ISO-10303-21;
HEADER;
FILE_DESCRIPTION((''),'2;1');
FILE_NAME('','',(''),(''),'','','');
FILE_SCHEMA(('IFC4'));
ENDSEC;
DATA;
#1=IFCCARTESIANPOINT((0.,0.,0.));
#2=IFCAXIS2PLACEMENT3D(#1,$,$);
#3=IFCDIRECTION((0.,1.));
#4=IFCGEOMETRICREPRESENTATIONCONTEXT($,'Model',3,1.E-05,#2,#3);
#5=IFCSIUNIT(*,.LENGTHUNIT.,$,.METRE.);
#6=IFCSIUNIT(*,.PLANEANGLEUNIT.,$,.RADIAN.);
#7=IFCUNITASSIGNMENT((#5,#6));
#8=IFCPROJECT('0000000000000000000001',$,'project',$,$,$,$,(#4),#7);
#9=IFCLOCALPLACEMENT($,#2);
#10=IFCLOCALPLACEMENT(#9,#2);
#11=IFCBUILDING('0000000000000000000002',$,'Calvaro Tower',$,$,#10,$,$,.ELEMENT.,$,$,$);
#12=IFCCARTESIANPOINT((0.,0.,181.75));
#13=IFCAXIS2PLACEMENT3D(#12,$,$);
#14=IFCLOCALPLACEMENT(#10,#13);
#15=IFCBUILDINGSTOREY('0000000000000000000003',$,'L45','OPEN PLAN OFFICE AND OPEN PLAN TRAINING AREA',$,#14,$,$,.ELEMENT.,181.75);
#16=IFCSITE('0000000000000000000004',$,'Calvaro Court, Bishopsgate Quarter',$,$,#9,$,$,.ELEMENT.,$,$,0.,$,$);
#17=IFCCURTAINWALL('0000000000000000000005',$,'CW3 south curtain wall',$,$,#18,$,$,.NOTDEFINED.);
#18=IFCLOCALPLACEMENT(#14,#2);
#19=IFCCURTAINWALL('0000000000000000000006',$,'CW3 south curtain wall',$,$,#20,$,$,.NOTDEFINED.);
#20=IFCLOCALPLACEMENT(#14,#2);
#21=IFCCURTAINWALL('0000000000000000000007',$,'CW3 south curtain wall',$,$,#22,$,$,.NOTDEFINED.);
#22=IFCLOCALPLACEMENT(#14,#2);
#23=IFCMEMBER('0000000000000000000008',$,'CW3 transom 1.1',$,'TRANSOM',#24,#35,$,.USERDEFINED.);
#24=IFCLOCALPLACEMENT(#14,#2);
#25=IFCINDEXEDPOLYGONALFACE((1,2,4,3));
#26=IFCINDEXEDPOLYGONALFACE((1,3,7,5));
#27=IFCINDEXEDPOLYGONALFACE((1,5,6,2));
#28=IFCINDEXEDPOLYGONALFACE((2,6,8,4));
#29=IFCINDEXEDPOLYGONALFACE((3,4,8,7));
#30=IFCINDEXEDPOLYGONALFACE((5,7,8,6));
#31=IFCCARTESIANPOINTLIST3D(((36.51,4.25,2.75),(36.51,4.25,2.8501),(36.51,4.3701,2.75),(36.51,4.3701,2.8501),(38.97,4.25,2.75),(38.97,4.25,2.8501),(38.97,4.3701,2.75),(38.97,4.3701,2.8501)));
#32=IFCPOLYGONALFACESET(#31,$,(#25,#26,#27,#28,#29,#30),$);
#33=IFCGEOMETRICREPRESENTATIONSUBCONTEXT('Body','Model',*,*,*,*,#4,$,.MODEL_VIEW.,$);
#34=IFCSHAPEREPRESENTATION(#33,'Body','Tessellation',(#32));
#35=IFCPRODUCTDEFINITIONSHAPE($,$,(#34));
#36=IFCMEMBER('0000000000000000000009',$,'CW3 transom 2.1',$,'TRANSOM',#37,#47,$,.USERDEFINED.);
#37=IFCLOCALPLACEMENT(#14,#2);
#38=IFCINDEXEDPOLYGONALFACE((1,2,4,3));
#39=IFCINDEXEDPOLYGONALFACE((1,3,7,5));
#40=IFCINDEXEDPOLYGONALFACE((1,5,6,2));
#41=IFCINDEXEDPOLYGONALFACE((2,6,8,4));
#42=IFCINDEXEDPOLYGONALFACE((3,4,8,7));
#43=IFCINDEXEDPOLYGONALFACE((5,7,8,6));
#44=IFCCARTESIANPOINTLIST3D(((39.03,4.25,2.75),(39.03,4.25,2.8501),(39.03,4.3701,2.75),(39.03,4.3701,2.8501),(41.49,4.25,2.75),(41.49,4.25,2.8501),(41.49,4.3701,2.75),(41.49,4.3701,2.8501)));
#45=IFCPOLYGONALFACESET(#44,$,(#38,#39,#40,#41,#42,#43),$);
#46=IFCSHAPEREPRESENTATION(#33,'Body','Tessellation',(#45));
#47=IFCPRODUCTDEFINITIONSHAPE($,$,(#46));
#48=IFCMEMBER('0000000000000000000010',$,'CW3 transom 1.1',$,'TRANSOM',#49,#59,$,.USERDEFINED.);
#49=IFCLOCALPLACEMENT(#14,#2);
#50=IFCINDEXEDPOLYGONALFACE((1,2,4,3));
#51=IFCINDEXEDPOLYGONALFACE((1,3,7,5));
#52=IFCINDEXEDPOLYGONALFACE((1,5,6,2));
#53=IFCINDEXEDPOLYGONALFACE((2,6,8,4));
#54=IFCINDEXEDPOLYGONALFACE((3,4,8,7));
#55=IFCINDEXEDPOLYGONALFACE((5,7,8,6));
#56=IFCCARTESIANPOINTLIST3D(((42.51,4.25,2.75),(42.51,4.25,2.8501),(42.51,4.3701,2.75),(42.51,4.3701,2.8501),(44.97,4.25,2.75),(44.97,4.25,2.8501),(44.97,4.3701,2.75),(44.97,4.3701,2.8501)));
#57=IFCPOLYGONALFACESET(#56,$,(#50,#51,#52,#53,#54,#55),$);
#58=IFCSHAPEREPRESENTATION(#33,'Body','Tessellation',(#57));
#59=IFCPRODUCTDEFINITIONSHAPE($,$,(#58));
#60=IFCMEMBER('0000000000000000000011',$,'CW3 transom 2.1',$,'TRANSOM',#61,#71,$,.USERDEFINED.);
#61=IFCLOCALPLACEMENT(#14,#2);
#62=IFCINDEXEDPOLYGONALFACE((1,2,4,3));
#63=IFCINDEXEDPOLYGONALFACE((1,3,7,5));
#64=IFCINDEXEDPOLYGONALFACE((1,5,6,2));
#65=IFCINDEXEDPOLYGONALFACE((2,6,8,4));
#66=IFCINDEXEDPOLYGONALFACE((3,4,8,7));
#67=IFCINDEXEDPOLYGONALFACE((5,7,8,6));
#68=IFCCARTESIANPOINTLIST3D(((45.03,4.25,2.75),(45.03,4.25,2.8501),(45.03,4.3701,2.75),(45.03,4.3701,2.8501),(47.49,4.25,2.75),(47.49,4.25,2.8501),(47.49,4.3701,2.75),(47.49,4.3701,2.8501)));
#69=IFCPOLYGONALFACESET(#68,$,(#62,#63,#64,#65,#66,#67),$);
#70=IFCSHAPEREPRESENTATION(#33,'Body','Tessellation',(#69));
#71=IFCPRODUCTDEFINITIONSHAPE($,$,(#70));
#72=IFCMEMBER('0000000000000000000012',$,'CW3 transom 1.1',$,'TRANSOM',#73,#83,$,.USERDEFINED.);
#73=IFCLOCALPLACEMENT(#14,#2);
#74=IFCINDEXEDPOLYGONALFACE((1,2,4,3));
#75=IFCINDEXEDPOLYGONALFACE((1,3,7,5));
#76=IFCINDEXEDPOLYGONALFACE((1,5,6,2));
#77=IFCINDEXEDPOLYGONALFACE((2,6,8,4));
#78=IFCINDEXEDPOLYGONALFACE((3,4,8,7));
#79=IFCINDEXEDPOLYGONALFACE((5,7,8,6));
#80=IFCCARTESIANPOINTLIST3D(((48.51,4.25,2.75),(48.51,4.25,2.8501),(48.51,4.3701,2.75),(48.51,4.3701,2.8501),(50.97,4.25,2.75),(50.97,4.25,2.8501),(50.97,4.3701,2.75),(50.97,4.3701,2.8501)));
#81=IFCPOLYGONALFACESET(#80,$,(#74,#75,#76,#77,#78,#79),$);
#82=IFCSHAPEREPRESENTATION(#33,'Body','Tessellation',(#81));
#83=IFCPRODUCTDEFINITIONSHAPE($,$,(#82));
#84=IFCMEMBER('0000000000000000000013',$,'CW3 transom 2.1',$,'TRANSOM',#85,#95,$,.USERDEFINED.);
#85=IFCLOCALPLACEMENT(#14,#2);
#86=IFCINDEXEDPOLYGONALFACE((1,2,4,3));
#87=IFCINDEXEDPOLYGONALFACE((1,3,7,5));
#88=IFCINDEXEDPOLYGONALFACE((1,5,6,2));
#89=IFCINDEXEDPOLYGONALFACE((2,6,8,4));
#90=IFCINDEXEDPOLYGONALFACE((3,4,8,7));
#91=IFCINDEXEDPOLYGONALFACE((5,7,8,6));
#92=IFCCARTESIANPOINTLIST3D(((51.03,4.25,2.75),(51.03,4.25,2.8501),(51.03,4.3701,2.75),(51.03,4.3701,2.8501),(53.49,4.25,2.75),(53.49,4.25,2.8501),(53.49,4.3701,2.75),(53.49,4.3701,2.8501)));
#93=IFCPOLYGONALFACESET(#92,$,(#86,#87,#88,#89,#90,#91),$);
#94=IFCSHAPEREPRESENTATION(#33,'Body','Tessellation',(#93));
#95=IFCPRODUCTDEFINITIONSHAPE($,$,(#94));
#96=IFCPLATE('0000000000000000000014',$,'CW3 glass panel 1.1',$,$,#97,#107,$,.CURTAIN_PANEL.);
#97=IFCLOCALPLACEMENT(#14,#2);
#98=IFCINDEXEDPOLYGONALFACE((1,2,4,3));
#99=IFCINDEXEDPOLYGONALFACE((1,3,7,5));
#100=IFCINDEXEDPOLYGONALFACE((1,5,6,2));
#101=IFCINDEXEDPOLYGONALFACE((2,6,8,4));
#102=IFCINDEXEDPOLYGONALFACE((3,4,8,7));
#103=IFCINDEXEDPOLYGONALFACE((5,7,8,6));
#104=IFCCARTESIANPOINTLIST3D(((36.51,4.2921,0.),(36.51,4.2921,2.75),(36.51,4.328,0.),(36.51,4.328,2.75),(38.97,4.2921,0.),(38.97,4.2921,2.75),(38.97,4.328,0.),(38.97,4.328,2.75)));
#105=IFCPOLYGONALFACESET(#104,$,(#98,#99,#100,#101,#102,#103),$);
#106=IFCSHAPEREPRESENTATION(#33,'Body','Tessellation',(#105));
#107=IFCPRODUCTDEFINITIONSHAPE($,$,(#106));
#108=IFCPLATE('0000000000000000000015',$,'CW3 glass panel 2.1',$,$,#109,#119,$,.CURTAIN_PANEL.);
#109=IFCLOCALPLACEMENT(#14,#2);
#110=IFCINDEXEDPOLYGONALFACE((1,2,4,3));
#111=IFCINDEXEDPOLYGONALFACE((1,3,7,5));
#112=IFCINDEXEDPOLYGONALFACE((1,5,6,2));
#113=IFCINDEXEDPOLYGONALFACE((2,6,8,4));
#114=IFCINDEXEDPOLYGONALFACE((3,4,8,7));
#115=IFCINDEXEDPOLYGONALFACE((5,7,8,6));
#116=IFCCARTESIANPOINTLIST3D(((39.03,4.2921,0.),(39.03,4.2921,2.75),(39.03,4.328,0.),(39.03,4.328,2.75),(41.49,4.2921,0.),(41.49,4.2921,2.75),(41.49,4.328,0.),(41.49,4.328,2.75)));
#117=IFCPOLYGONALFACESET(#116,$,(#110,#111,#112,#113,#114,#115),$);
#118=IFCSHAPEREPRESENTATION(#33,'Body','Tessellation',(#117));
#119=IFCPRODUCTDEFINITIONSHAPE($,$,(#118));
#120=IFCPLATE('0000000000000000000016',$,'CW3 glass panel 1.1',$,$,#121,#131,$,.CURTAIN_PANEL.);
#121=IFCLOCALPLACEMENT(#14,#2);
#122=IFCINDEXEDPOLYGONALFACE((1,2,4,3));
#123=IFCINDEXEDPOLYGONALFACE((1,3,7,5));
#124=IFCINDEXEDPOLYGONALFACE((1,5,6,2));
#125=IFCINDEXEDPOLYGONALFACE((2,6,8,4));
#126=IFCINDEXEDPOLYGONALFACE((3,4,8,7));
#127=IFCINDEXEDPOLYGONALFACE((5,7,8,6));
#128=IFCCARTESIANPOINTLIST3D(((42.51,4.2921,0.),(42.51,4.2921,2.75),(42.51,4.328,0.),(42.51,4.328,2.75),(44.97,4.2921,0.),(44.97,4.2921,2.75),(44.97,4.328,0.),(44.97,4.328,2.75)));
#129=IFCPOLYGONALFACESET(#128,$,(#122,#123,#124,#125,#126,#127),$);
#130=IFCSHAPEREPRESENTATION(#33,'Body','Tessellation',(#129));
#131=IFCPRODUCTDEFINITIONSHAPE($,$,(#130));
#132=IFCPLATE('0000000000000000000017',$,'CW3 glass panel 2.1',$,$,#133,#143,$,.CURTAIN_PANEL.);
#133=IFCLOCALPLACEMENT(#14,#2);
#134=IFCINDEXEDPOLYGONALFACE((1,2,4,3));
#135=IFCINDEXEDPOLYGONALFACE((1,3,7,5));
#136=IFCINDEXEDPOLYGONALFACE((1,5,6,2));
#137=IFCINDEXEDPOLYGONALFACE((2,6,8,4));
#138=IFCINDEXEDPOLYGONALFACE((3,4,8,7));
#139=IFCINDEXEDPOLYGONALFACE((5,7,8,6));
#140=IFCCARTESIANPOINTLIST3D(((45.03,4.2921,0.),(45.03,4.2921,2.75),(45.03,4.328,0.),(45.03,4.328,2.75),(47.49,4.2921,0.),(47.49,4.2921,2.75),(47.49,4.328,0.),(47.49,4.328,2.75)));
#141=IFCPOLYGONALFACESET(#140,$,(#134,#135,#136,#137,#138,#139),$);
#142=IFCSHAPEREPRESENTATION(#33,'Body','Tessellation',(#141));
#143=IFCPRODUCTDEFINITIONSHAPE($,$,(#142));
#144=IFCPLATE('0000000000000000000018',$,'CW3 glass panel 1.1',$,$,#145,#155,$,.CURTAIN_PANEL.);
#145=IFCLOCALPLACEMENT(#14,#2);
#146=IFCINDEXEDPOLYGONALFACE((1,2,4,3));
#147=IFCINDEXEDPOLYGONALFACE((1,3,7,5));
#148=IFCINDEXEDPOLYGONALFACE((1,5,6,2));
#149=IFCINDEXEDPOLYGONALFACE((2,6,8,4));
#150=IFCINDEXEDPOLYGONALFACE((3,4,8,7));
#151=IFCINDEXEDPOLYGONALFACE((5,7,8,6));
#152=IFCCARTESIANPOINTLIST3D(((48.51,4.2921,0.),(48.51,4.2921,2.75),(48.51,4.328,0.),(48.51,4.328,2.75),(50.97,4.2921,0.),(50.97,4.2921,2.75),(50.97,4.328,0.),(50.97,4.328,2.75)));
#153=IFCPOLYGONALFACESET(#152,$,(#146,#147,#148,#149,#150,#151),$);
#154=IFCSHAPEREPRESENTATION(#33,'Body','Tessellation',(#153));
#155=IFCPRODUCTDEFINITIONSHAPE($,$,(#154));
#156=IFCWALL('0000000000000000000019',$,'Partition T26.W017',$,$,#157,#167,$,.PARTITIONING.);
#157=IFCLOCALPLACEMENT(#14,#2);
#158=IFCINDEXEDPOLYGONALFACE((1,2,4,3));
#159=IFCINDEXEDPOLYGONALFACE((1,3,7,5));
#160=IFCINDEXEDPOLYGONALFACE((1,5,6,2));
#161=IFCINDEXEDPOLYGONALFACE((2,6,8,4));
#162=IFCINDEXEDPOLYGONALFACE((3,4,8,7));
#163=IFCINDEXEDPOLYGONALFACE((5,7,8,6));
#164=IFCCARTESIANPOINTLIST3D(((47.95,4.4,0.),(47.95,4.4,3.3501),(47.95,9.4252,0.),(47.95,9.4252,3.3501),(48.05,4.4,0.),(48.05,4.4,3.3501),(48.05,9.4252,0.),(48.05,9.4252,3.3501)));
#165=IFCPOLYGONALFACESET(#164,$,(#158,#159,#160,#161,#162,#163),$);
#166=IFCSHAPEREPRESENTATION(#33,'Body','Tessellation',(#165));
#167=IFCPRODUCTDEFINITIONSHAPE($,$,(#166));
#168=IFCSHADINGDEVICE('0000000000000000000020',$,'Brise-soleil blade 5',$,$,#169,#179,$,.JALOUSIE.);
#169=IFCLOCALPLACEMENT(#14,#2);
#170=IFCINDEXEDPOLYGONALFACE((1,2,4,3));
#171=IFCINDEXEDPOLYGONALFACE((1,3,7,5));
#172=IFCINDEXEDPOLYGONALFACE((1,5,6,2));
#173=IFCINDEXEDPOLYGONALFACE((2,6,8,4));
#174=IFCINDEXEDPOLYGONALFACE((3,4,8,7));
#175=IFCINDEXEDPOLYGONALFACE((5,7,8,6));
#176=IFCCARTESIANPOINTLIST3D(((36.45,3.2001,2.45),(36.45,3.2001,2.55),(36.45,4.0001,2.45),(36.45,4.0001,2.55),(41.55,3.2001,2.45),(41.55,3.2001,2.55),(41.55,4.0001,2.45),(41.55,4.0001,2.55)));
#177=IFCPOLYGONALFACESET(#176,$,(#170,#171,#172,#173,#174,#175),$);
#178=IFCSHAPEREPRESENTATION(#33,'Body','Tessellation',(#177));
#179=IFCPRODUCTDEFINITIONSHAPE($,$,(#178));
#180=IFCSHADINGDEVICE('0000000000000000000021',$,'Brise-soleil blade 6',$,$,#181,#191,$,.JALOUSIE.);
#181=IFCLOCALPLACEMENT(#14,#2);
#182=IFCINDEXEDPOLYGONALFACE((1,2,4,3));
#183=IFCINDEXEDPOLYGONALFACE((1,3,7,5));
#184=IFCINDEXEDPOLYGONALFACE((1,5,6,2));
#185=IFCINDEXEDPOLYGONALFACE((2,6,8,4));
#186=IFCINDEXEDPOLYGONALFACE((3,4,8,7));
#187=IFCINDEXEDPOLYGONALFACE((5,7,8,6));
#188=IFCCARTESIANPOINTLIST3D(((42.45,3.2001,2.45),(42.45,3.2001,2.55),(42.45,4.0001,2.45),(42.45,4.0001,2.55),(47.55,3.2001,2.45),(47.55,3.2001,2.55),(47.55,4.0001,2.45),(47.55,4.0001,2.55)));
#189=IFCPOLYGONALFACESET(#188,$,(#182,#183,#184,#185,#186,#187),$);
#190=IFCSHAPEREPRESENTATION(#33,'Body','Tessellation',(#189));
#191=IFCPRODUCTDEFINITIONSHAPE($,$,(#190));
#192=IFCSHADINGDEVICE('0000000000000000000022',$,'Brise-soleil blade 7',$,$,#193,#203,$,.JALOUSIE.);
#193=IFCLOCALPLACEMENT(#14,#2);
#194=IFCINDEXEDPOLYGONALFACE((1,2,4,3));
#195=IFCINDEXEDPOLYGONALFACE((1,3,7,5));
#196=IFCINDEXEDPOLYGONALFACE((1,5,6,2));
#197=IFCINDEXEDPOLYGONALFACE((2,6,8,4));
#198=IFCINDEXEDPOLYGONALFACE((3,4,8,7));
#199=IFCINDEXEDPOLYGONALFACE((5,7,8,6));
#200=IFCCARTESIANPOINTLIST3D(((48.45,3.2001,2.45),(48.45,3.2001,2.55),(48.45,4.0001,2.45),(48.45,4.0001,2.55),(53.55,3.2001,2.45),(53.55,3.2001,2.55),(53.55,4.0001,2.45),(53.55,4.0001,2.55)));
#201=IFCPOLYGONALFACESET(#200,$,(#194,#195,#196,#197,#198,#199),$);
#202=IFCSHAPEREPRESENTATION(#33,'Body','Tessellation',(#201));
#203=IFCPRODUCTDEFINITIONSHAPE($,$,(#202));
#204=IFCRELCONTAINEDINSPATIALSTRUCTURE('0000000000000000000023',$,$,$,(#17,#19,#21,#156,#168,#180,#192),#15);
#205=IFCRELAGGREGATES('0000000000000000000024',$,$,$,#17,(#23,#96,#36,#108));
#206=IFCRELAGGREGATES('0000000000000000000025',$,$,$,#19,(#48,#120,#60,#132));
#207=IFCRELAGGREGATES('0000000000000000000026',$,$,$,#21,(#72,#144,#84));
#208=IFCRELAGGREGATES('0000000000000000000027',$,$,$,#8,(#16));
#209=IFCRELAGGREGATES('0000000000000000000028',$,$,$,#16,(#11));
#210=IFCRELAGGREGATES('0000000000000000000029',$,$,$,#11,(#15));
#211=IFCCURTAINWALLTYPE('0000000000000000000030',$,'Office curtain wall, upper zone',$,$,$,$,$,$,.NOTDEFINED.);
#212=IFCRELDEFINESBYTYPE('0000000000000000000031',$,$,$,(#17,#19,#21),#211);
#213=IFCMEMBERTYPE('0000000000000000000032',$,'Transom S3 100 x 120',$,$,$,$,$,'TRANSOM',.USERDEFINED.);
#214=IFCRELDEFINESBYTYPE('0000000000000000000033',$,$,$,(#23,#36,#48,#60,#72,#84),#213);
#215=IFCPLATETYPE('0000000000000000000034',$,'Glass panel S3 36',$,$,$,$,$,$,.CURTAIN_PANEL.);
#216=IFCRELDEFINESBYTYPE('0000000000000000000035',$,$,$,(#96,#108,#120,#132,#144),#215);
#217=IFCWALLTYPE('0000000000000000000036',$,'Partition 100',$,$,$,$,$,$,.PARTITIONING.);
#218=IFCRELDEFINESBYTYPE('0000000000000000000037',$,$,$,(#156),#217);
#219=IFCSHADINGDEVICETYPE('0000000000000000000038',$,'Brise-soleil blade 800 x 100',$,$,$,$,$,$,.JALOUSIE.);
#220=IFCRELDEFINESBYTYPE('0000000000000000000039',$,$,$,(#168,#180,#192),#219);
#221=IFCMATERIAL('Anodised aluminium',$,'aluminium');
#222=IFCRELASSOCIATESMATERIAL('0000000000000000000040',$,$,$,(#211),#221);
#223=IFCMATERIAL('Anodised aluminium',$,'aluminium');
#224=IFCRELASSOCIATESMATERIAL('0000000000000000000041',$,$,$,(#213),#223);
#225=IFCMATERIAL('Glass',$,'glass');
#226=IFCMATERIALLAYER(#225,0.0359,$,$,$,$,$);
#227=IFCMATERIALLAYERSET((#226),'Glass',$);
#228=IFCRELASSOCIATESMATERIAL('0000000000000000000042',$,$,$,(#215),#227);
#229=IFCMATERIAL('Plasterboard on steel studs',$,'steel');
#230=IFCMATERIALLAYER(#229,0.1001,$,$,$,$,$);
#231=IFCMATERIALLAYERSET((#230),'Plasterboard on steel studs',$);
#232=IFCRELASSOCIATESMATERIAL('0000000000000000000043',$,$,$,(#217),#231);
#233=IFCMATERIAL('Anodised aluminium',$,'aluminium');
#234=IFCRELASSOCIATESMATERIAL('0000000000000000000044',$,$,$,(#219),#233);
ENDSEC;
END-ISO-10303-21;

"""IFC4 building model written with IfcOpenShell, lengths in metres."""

from ifc_helpers import new_model, si_unit, direction, frame, frame_2d, origin, origin_2d, place, context, subcontext, project, spatial, rectangle, extrude, material, layer, layer_set, material_profile, profile_set, type_object, element, aggregate, save


model = new_model("IFC4")

# Units and contexts
model_context = context("Model", 3, precision=1e-05, world=origin(), true_north=direction((0.0, 1.0)))
body_context = subcontext(model_context, "Body", "Model", "MODEL_VIEW")
ifc_project = project(units=[si_unit("LENGTHUNIT", "METRE"), si_unit("PLANEANGLEUNIT", "RADIAN")], contexts=[model_context])

# Site, building, storey
site_placement = place(None, origin())
site = spatial("IfcSite", under=ifc_project, at=site_placement, Name="Calvaro Court, Bishopsgate Quarter", CompositionType="ELEMENT", RefElevation=0.0)
building_placement = place(site_placement, origin())
building = spatial("IfcBuilding", under=site, at=building_placement, Name="Calvaro Tower", CompositionType="ELEMENT")
storey_placement = place(building_placement, frame((0.0, 0.0, 181.75)))
storey = spatial("IfcBuildingStorey", under=building, at=storey_placement, Name="L45", Description="OPEN PLAN OFFICE AND OPEN PLAN TRAINING AREA", CompositionType="ELEMENT", Elevation=181.75)

# Shared definitions
ifc_material_1 = material(Name="Anodised aluminium", Category="aluminium")
curtain_wall_type = type_object("IfcCurtainWallType", Name="Office curtain wall, upper zone", PredefinedType="NOTDEFINED", material=ifc_material_1)

# Curtain walls
curtain_wall_1_placement = place(storey_placement, origin())
curtain_wall_1 = element("IfcCurtainWall", 1, at=curtain_wall_1_placement, inside=storey, type_object=curtain_wall_type, Name="CW3 south curtain wall", PredefinedType="NOTDEFINED")
curtain_wall_2_placement = place(storey_placement, origin())
curtain_wall_2 = element("IfcCurtainWall", 2, at=curtain_wall_2_placement, inside=storey, type_object=curtain_wall_type, Name="CW3 south curtain wall", PredefinedType="NOTDEFINED")
curtain_wall_3_placement = place(storey_placement, origin())
curtain_wall_3 = element("IfcCurtainWall", 3, at=curtain_wall_3_placement, inside=storey, type_object=curtain_wall_type, Name="CW3 south curtain wall", PredefinedType="NOTDEFINED")

# Members
ifc_material_2 = material(Name="Anodised aluminium", Category="aluminium")
ifc_material_profile_1 = material_profile(ifc_material_2, rectangle(XDim=0.1201, YDim=0.1001, at=origin_2d()), Name="Transom S3 100 x 120")
ifc_profile_set_1 = profile_set([ifc_material_profile_1], Name="Anodised aluminium")
member_type_1 = type_object("IfcMemberType", Name="Transom S3 100 x 120", ElementType="TRANSOM", PredefinedType="USERDEFINED", material=ifc_profile_set_1)
member_1_placement = place(storey_placement, frame((36.51, 4.3101, 2.8), z_axis=(1.0, 0.0, 0.0), x_axis=(0.0, 1.0, 0.0)))
member_1 = element("IfcMember", 4, at=member_1_placement, type_object=member_type_1, Name="CW3 transom 1.1", ObjectType="TRANSOM", PredefinedType="USERDEFINED", context=body_context, shape_type="SweptSolid", body=[
    extrude(rectangle(XDim=0.1201, YDim=0.1001, at=origin_2d()), origin(), (0.0, 0.0, 1.0), 2.46),
])
member_2_placement = place(storey_placement, frame((39.03, 4.3101, 2.8), z_axis=(1.0, 0.0, 0.0), x_axis=(0.0, 1.0, 0.0)))
member_2 = element("IfcMember", 5, at=member_2_placement, type_object=member_type_1, Name="CW3 transom 2.1", ObjectType="TRANSOM", PredefinedType="USERDEFINED", context=body_context, shape_type="SweptSolid", body=[
    extrude(rectangle(XDim=0.1201, YDim=0.1001, at=origin_2d()), origin(), (0.0, 0.0, 1.0), 2.46),
])
member_3_placement = place(storey_placement, frame((42.51, 4.3101, 2.8), z_axis=(1.0, 0.0, 0.0), x_axis=(0.0, 1.0, 0.0)))
member_3 = element("IfcMember", 6, at=member_3_placement, type_object=member_type_1, Name="CW3 transom 1.1", ObjectType="TRANSOM", PredefinedType="USERDEFINED", context=body_context, shape_type="SweptSolid", body=[
    extrude(rectangle(XDim=0.1201, YDim=0.1001, at=origin_2d()), origin(), (0.0, 0.0, 1.0), 2.46),
])
member_4_placement = place(storey_placement, frame((45.03, 4.3101, 2.8), z_axis=(1.0, 0.0, 0.0), x_axis=(0.0, 1.0, 0.0)))
member_4 = element("IfcMember", 7, at=member_4_placement, type_object=member_type_1, Name="CW3 transom 2.1", ObjectType="TRANSOM", PredefinedType="USERDEFINED", context=body_context, shape_type="SweptSolid", body=[
    extrude(rectangle(XDim=0.1201, YDim=0.1001, at=origin_2d()), origin(), (0.0, 0.0, 1.0), 2.46),
])
member_5_placement = place(storey_placement, frame((48.51, 4.3101, 2.8), z_axis=(1.0, 0.0, 0.0), x_axis=(0.0, 1.0, 0.0)))
member_5 = element("IfcMember", 8, at=member_5_placement, type_object=member_type_1, Name="CW3 transom 1.1", ObjectType="TRANSOM", PredefinedType="USERDEFINED", context=body_context, shape_type="SweptSolid", body=[
    extrude(rectangle(XDim=0.1201, YDim=0.1001, at=origin_2d()), origin(), (0.0, 0.0, 1.0), 2.46),
])
member_6_placement = place(storey_placement, frame((51.03, 4.3101, 2.8), z_axis=(1.0, 0.0, 0.0), x_axis=(0.0, 1.0, 0.0)))
member_6 = element("IfcMember", 9, at=member_6_placement, type_object=member_type_1, Name="CW3 transom 2.1", ObjectType="TRANSOM", PredefinedType="USERDEFINED", context=body_context, shape_type="SweptSolid", body=[
    extrude(rectangle(XDim=0.1201, YDim=0.1001, at=origin_2d()), origin(), (0.0, 0.0, 1.0), 2.46),
])

# Plates
ifc_material_3 = material(Name="Glass", Category="glass")
ifc_layer_1 = layer(ifc_material_3, 0.0359)
ifc_layer_set_1 = layer_set([ifc_layer_1], Name="Glass")
plate_type = type_object("IfcPlateType", Name="Glass panel S3 36", PredefinedType="CURTAIN_PANEL", material=ifc_layer_set_1)
plate_1_placement = place(storey_placement, frame((37.74, 4.3101, 0.0), z_axis=(0.0, 0.0, 1.0), x_axis=(1.0, 0.0, 0.0)))
plate_1 = element("IfcPlate", 10, at=plate_1_placement, type_object=plate_type, Name="CW3 glass panel 1.1", PredefinedType="CURTAIN_PANEL", context=body_context, shape_type="SweptSolid", body=[
    extrude(rectangle(XDim=2.46, YDim=0.0359, at=origin_2d()), origin(), (0.0, 0.0, 1.0), 2.75),
])
plate_2_placement = place(storey_placement, frame((40.26, 4.3101, 0.0), z_axis=(0.0, 0.0, 1.0), x_axis=(1.0, 0.0, 0.0)))
plate_2 = element("IfcPlate", 11, at=plate_2_placement, type_object=plate_type, Name="CW3 glass panel 2.1", PredefinedType="CURTAIN_PANEL", context=body_context, shape_type="SweptSolid", body=[
    extrude(rectangle(XDim=2.46, YDim=0.0359, at=origin_2d()), origin(), (0.0, 0.0, 1.0), 2.75),
])
aggregate(curtain_wall_1, [member_1, plate_1, member_2, plate_2])
plate_3_placement = place(storey_placement, frame((43.74, 4.3101, 0.0), z_axis=(0.0, 0.0, 1.0), x_axis=(1.0, 0.0, 0.0)))
plate_3 = element("IfcPlate", 12, at=plate_3_placement, type_object=plate_type, Name="CW3 glass panel 1.1", PredefinedType="CURTAIN_PANEL", context=body_context, shape_type="SweptSolid", body=[
    extrude(rectangle(XDim=2.46, YDim=0.0359, at=origin_2d()), origin(), (0.0, 0.0, 1.0), 2.75),
])
plate_4_placement = place(storey_placement, frame((46.26, 4.3101, 0.0), z_axis=(0.0, 0.0, 1.0), x_axis=(1.0, 0.0, 0.0)))
plate_4 = element("IfcPlate", 13, at=plate_4_placement, type_object=plate_type, Name="CW3 glass panel 2.1", PredefinedType="CURTAIN_PANEL", context=body_context, shape_type="SweptSolid", body=[
    extrude(rectangle(XDim=2.46, YDim=0.0359, at=origin_2d()), origin(), (0.0, 0.0, 1.0), 2.75),
])
aggregate(curtain_wall_2, [member_3, plate_3, member_4, plate_4])
plate_5_placement = place(storey_placement, frame((49.74, 4.3101, 0.0), z_axis=(0.0, 0.0, 1.0), x_axis=(1.0, 0.0, 0.0)))
plate_5 = element("IfcPlate", 14, at=plate_5_placement, type_object=plate_type, Name="CW3 glass panel 1.1", PredefinedType="CURTAIN_PANEL", context=body_context, shape_type="SweptSolid", body=[
    extrude(rectangle(XDim=2.46, YDim=0.0359, at=origin_2d()), origin(), (0.0, 0.0, 1.0), 2.75),
])
aggregate(curtain_wall_3, [member_5, plate_5, member_6])

# Wall
ifc_material_4 = material(Name="Plasterboard on steel studs", Category="steel")
ifc_layer_2 = layer(ifc_material_4, 0.1001)
ifc_layer_set_2 = layer_set([ifc_layer_2], Name="Plasterboard on steel studs")
wall_type = type_object("IfcWallType", Name="Partition 100", PredefinedType="PARTITIONING", material=ifc_layer_set_2)
wall_placement = place(storey_placement, frame((48.0, 4.3999, 0.0), z_axis=(0.0, 0.0, 1.0), x_axis=(0.0, 1.0, 0.0)))
element("IfcWall", 15, at=wall_placement, inside=storey, type_object=wall_type, Name="Partition T26.W017", PredefinedType="PARTITIONING", context=body_context, shape_type="SweptSolid", body=[
    extrude(rectangle(XDim=5.0251, YDim=0.1001, at=frame_2d((2.5127, 0.0))), origin(), (0.0, 0.0, 1.0), 3.3501),
])

# Shading devices
ifc_material_5 = material(Name="Anodised aluminium", Category="aluminium")
ifc_material_profile_2 = material_profile(ifc_material_5, rectangle(XDim=0.8, YDim=0.1001, at=origin_2d()), Name="Brise-soleil blade 800 x 100")
ifc_profile_set_2 = profile_set([ifc_material_profile_2], Name="Anodised aluminium")
shading_device_type = type_object("IfcShadingDeviceType", Name="Brise-soleil blade 800 x 100", PredefinedType="JALOUSIE", material=ifc_profile_set_2)
for number, where, z_axis, x_axis, name in (
    (16, (36.45, 3.6001, 2.5), (1.0, 0.0, 0.0), (0.0, 1.0, 0.0), "Brise-soleil blade 5"),
    (17, (42.45, 3.6001, 2.5), (1.0, 0.0, 0.0), (0.0, 1.0, 0.0), "Brise-soleil blade 6"),
    (18, (48.45, 3.6001, 2.5), (1.0, 0.0, 0.0), (0.0, 1.0, 0.0), "Brise-soleil blade 7"),
):
    element("IfcShadingDevice", number, at=place(storey_placement, frame(where, z_axis=z_axis, x_axis=x_axis)), inside=storey, type_object=shading_device_type, Name=name, PredefinedType="JALOUSIE", context=body_context, shape_type="SweptSolid", body=[
        extrude(rectangle(XDim=0.8, YDim=0.1001, at=origin_2d()), origin(), (0.0, 0.0, 1.0), 5.1001),
    ])

save(model, "model.ifc")
